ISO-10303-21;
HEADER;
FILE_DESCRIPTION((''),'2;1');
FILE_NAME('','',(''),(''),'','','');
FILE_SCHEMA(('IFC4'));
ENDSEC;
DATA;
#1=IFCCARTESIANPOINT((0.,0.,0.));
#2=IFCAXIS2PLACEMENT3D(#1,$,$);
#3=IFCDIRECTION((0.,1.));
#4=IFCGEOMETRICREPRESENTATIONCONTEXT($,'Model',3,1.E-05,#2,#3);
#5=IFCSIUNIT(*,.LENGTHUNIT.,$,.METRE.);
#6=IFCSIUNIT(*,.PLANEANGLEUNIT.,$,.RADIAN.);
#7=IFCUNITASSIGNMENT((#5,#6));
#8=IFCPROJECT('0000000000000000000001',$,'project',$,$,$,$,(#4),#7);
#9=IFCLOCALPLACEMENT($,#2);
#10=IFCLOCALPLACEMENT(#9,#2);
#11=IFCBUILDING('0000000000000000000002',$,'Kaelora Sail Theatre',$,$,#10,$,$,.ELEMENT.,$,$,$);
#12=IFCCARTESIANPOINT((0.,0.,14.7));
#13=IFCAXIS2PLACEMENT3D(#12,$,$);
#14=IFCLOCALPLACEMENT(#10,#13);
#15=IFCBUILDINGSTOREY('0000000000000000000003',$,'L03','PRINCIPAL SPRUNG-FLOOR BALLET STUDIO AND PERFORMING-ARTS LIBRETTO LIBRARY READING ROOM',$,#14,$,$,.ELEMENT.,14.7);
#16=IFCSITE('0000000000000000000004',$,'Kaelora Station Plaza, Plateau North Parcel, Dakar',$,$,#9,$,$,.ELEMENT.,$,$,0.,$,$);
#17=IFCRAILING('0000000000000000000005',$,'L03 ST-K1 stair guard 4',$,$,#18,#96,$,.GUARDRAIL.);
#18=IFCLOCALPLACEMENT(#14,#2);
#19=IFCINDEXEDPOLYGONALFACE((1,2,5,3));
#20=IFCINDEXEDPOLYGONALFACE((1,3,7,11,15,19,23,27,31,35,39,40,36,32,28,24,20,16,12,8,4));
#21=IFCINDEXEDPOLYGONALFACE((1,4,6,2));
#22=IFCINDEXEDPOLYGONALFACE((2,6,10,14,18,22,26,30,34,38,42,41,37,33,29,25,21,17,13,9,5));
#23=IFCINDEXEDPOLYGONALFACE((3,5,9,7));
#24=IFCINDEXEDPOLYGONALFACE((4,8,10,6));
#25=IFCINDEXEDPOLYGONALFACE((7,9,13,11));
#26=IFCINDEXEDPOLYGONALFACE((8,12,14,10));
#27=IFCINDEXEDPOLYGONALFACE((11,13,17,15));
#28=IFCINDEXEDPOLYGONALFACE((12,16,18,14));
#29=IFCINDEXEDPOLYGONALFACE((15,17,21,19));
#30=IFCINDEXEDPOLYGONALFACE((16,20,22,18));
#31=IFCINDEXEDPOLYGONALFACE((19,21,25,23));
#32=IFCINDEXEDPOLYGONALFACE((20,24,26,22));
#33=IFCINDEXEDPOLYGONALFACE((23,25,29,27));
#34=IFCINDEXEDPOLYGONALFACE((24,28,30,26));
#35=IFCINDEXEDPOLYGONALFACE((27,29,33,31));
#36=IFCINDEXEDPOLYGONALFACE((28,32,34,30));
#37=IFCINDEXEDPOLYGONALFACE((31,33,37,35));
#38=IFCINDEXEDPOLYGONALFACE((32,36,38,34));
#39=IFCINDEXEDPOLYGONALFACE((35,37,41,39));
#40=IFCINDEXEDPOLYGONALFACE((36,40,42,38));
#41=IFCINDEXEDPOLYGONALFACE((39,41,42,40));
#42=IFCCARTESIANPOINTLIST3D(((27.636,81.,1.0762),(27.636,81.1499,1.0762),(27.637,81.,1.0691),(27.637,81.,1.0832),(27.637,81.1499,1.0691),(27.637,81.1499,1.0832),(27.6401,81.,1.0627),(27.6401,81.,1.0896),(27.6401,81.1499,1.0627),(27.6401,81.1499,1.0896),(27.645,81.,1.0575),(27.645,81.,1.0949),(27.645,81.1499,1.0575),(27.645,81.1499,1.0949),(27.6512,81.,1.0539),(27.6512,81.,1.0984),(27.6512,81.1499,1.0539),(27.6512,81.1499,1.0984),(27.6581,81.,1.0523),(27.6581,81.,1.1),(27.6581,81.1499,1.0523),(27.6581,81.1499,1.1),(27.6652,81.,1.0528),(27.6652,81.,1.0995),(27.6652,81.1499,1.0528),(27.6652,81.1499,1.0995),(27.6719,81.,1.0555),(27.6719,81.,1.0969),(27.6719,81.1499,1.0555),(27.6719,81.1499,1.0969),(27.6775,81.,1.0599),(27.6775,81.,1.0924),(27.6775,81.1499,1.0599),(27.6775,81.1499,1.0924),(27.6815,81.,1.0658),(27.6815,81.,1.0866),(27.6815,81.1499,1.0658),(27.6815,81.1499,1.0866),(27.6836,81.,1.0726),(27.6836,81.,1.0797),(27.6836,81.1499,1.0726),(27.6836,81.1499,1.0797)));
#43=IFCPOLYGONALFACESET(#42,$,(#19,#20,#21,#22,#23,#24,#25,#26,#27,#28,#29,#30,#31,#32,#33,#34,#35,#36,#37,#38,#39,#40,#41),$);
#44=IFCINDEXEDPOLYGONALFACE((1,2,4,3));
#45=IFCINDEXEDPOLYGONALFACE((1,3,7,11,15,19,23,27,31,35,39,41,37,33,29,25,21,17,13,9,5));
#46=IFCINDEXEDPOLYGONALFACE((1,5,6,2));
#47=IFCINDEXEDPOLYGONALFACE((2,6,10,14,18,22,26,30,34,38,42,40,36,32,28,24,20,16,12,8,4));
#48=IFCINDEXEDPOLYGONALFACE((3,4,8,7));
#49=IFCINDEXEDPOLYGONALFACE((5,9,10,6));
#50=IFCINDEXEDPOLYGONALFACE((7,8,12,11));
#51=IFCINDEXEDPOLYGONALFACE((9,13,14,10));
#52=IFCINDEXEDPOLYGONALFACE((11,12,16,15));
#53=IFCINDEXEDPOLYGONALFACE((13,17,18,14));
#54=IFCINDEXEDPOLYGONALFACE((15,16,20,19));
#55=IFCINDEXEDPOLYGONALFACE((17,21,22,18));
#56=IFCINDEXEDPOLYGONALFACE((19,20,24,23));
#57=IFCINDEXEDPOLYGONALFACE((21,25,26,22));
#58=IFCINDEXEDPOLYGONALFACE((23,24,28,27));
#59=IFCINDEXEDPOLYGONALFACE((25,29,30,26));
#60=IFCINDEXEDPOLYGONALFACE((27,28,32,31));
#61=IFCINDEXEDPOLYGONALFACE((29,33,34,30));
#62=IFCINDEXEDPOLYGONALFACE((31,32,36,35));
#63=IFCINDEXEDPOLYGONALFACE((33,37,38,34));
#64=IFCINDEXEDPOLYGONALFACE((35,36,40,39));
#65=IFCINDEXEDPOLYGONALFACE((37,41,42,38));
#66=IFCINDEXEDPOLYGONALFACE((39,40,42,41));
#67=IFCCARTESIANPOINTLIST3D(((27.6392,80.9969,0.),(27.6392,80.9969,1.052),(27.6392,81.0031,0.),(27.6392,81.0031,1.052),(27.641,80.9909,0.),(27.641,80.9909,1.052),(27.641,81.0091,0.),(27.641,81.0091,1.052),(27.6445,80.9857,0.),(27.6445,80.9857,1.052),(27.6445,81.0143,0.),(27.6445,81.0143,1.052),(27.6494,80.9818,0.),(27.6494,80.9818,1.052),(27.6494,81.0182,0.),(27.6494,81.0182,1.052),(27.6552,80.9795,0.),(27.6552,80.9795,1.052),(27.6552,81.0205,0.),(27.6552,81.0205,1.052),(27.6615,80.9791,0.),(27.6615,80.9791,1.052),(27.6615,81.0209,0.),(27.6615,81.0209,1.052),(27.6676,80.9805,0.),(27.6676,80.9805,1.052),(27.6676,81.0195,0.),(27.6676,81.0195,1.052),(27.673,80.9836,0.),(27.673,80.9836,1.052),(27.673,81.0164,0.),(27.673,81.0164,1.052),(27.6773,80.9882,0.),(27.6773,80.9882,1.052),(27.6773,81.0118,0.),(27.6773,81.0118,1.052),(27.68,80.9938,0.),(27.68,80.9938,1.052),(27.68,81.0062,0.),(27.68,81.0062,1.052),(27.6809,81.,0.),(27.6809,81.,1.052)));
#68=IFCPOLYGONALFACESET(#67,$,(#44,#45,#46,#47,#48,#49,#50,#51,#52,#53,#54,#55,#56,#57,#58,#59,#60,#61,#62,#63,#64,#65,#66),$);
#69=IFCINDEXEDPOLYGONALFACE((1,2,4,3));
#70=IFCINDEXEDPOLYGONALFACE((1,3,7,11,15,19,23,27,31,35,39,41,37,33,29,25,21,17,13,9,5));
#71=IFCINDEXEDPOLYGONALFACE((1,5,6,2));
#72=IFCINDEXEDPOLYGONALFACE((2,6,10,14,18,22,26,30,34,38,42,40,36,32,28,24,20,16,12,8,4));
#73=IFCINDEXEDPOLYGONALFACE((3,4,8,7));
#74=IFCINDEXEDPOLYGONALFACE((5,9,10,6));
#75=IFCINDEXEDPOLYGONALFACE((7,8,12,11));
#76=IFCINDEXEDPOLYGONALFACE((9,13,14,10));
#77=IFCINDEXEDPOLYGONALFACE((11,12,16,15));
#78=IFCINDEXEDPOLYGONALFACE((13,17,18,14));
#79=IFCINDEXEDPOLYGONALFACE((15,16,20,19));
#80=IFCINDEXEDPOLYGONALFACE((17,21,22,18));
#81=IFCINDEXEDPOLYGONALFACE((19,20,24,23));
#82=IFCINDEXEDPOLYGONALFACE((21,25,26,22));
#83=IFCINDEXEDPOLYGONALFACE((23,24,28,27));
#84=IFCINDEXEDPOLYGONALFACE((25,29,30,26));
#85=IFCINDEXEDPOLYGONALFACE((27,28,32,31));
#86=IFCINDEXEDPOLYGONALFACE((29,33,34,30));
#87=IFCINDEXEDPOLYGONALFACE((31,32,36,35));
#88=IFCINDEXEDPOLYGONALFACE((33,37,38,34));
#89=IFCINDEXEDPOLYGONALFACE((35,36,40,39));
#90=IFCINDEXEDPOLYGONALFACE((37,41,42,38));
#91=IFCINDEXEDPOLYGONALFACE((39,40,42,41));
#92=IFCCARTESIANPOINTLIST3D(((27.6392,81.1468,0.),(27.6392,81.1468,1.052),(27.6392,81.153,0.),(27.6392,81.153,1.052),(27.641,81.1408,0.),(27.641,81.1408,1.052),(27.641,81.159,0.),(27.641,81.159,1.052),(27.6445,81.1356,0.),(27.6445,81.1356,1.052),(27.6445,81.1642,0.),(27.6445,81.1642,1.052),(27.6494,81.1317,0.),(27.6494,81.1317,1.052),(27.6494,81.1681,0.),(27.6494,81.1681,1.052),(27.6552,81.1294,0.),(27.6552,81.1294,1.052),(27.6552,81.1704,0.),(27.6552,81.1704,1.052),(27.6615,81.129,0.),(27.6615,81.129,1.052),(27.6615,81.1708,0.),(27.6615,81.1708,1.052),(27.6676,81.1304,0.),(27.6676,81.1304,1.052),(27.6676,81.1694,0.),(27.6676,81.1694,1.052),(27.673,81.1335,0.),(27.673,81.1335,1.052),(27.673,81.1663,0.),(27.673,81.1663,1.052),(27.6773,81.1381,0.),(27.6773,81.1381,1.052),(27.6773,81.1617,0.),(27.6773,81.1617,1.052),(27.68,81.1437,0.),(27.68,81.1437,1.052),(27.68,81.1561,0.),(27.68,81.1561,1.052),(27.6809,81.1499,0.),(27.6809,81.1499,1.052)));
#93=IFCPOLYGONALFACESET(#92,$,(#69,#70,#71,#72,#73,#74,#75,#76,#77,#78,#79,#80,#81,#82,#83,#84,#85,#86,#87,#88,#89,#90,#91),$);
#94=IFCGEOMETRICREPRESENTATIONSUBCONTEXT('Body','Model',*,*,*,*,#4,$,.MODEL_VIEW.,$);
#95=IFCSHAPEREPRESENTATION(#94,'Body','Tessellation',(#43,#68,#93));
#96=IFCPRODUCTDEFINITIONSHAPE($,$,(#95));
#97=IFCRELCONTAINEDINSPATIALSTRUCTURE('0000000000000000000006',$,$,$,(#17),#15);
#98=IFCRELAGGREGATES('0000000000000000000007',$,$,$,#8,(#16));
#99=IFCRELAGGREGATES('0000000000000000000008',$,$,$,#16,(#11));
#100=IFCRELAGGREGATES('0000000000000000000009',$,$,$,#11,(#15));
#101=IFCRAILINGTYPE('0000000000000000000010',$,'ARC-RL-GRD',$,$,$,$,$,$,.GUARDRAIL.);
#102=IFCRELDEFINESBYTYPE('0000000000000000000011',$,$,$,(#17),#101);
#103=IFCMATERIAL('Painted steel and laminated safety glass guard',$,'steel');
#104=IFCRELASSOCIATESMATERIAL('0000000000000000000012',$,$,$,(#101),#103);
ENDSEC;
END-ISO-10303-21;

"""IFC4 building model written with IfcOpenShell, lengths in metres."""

from ifc_helpers import new_model, si_unit, direction, frame, origin, origin_2d, place, context, subcontext, project, spatial, circle, extrude, material, type_object, element, save


model = new_model("IFC4")

# Units and contexts
model_context = context("Model", 3, precision=1e-05, world=origin(), true_north=direction((0.0, 1.0)))
body_context = subcontext(model_context, "Body", "Model", "MODEL_VIEW")
ifc_project = project(units=[si_unit("LENGTHUNIT", "METRE"), si_unit("PLANEANGLEUNIT", "RADIAN")], contexts=[model_context])

# Site, building, storey
site_placement = place(None, origin())
site = spatial("IfcSite", under=ifc_project, at=site_placement, Name="Kaelora Station Plaza, Plateau North Parcel, Dakar", CompositionType="ELEMENT", RefElevation=0.0)
building_placement = place(site_placement, origin())
building = spatial("IfcBuilding", under=site, at=building_placement, Name="Kaelora Sail Theatre", CompositionType="ELEMENT")
storey_placement = place(building_placement, frame((0.0, 0.0, 14.7)))
storey = spatial("IfcBuildingStorey", under=building, at=storey_placement, Name="L03", Description="PRINCIPAL SPRUNG-FLOOR BALLET STUDIO AND PERFORMING-ARTS LIBRETTO LIBRARY READING ROOM", CompositionType="ELEMENT", Elevation=14.7)

# Railing
ifc_material_1 = material(Name="Painted steel and laminated safety glass guard", Category="steel")
railing_type_1 = type_object("IfcRailingType", Name="ARC-RL-GRD", PredefinedType="GUARDRAIL", material=ifc_material_1)
railing_1_placement = place(storey_placement, frame((27.6599, 81.0, 0.0)))
element("IfcRailing", 1, at=railing_1_placement, inside=storey, type_object=railing_type_1, Name="L03 ST-K1 stair guard 4", PredefinedType="GUARDRAIL", context=body_context, shape_type="SweptSolid", body=[
    extrude(circle(Radius=0.0239, at=origin_2d()), frame((0.0, 0.0, 1.0762), z_axis=(0.0, 1.0, 0.0), x_axis=(-1.0, 0.0, 0.0)), (0.0, 0.0, 1.0), 0.1499),
    extrude(circle(Radius=0.021, at=origin_2d()), origin(), (0.0, 0.0, 1.0), 1.052),
    extrude(circle(Radius=0.021, at=origin_2d()), frame((0.0, 0.1499, 0.0)), (0.0, 0.0, 1.0), 1.052),
])

save(model, "model.ifc")
